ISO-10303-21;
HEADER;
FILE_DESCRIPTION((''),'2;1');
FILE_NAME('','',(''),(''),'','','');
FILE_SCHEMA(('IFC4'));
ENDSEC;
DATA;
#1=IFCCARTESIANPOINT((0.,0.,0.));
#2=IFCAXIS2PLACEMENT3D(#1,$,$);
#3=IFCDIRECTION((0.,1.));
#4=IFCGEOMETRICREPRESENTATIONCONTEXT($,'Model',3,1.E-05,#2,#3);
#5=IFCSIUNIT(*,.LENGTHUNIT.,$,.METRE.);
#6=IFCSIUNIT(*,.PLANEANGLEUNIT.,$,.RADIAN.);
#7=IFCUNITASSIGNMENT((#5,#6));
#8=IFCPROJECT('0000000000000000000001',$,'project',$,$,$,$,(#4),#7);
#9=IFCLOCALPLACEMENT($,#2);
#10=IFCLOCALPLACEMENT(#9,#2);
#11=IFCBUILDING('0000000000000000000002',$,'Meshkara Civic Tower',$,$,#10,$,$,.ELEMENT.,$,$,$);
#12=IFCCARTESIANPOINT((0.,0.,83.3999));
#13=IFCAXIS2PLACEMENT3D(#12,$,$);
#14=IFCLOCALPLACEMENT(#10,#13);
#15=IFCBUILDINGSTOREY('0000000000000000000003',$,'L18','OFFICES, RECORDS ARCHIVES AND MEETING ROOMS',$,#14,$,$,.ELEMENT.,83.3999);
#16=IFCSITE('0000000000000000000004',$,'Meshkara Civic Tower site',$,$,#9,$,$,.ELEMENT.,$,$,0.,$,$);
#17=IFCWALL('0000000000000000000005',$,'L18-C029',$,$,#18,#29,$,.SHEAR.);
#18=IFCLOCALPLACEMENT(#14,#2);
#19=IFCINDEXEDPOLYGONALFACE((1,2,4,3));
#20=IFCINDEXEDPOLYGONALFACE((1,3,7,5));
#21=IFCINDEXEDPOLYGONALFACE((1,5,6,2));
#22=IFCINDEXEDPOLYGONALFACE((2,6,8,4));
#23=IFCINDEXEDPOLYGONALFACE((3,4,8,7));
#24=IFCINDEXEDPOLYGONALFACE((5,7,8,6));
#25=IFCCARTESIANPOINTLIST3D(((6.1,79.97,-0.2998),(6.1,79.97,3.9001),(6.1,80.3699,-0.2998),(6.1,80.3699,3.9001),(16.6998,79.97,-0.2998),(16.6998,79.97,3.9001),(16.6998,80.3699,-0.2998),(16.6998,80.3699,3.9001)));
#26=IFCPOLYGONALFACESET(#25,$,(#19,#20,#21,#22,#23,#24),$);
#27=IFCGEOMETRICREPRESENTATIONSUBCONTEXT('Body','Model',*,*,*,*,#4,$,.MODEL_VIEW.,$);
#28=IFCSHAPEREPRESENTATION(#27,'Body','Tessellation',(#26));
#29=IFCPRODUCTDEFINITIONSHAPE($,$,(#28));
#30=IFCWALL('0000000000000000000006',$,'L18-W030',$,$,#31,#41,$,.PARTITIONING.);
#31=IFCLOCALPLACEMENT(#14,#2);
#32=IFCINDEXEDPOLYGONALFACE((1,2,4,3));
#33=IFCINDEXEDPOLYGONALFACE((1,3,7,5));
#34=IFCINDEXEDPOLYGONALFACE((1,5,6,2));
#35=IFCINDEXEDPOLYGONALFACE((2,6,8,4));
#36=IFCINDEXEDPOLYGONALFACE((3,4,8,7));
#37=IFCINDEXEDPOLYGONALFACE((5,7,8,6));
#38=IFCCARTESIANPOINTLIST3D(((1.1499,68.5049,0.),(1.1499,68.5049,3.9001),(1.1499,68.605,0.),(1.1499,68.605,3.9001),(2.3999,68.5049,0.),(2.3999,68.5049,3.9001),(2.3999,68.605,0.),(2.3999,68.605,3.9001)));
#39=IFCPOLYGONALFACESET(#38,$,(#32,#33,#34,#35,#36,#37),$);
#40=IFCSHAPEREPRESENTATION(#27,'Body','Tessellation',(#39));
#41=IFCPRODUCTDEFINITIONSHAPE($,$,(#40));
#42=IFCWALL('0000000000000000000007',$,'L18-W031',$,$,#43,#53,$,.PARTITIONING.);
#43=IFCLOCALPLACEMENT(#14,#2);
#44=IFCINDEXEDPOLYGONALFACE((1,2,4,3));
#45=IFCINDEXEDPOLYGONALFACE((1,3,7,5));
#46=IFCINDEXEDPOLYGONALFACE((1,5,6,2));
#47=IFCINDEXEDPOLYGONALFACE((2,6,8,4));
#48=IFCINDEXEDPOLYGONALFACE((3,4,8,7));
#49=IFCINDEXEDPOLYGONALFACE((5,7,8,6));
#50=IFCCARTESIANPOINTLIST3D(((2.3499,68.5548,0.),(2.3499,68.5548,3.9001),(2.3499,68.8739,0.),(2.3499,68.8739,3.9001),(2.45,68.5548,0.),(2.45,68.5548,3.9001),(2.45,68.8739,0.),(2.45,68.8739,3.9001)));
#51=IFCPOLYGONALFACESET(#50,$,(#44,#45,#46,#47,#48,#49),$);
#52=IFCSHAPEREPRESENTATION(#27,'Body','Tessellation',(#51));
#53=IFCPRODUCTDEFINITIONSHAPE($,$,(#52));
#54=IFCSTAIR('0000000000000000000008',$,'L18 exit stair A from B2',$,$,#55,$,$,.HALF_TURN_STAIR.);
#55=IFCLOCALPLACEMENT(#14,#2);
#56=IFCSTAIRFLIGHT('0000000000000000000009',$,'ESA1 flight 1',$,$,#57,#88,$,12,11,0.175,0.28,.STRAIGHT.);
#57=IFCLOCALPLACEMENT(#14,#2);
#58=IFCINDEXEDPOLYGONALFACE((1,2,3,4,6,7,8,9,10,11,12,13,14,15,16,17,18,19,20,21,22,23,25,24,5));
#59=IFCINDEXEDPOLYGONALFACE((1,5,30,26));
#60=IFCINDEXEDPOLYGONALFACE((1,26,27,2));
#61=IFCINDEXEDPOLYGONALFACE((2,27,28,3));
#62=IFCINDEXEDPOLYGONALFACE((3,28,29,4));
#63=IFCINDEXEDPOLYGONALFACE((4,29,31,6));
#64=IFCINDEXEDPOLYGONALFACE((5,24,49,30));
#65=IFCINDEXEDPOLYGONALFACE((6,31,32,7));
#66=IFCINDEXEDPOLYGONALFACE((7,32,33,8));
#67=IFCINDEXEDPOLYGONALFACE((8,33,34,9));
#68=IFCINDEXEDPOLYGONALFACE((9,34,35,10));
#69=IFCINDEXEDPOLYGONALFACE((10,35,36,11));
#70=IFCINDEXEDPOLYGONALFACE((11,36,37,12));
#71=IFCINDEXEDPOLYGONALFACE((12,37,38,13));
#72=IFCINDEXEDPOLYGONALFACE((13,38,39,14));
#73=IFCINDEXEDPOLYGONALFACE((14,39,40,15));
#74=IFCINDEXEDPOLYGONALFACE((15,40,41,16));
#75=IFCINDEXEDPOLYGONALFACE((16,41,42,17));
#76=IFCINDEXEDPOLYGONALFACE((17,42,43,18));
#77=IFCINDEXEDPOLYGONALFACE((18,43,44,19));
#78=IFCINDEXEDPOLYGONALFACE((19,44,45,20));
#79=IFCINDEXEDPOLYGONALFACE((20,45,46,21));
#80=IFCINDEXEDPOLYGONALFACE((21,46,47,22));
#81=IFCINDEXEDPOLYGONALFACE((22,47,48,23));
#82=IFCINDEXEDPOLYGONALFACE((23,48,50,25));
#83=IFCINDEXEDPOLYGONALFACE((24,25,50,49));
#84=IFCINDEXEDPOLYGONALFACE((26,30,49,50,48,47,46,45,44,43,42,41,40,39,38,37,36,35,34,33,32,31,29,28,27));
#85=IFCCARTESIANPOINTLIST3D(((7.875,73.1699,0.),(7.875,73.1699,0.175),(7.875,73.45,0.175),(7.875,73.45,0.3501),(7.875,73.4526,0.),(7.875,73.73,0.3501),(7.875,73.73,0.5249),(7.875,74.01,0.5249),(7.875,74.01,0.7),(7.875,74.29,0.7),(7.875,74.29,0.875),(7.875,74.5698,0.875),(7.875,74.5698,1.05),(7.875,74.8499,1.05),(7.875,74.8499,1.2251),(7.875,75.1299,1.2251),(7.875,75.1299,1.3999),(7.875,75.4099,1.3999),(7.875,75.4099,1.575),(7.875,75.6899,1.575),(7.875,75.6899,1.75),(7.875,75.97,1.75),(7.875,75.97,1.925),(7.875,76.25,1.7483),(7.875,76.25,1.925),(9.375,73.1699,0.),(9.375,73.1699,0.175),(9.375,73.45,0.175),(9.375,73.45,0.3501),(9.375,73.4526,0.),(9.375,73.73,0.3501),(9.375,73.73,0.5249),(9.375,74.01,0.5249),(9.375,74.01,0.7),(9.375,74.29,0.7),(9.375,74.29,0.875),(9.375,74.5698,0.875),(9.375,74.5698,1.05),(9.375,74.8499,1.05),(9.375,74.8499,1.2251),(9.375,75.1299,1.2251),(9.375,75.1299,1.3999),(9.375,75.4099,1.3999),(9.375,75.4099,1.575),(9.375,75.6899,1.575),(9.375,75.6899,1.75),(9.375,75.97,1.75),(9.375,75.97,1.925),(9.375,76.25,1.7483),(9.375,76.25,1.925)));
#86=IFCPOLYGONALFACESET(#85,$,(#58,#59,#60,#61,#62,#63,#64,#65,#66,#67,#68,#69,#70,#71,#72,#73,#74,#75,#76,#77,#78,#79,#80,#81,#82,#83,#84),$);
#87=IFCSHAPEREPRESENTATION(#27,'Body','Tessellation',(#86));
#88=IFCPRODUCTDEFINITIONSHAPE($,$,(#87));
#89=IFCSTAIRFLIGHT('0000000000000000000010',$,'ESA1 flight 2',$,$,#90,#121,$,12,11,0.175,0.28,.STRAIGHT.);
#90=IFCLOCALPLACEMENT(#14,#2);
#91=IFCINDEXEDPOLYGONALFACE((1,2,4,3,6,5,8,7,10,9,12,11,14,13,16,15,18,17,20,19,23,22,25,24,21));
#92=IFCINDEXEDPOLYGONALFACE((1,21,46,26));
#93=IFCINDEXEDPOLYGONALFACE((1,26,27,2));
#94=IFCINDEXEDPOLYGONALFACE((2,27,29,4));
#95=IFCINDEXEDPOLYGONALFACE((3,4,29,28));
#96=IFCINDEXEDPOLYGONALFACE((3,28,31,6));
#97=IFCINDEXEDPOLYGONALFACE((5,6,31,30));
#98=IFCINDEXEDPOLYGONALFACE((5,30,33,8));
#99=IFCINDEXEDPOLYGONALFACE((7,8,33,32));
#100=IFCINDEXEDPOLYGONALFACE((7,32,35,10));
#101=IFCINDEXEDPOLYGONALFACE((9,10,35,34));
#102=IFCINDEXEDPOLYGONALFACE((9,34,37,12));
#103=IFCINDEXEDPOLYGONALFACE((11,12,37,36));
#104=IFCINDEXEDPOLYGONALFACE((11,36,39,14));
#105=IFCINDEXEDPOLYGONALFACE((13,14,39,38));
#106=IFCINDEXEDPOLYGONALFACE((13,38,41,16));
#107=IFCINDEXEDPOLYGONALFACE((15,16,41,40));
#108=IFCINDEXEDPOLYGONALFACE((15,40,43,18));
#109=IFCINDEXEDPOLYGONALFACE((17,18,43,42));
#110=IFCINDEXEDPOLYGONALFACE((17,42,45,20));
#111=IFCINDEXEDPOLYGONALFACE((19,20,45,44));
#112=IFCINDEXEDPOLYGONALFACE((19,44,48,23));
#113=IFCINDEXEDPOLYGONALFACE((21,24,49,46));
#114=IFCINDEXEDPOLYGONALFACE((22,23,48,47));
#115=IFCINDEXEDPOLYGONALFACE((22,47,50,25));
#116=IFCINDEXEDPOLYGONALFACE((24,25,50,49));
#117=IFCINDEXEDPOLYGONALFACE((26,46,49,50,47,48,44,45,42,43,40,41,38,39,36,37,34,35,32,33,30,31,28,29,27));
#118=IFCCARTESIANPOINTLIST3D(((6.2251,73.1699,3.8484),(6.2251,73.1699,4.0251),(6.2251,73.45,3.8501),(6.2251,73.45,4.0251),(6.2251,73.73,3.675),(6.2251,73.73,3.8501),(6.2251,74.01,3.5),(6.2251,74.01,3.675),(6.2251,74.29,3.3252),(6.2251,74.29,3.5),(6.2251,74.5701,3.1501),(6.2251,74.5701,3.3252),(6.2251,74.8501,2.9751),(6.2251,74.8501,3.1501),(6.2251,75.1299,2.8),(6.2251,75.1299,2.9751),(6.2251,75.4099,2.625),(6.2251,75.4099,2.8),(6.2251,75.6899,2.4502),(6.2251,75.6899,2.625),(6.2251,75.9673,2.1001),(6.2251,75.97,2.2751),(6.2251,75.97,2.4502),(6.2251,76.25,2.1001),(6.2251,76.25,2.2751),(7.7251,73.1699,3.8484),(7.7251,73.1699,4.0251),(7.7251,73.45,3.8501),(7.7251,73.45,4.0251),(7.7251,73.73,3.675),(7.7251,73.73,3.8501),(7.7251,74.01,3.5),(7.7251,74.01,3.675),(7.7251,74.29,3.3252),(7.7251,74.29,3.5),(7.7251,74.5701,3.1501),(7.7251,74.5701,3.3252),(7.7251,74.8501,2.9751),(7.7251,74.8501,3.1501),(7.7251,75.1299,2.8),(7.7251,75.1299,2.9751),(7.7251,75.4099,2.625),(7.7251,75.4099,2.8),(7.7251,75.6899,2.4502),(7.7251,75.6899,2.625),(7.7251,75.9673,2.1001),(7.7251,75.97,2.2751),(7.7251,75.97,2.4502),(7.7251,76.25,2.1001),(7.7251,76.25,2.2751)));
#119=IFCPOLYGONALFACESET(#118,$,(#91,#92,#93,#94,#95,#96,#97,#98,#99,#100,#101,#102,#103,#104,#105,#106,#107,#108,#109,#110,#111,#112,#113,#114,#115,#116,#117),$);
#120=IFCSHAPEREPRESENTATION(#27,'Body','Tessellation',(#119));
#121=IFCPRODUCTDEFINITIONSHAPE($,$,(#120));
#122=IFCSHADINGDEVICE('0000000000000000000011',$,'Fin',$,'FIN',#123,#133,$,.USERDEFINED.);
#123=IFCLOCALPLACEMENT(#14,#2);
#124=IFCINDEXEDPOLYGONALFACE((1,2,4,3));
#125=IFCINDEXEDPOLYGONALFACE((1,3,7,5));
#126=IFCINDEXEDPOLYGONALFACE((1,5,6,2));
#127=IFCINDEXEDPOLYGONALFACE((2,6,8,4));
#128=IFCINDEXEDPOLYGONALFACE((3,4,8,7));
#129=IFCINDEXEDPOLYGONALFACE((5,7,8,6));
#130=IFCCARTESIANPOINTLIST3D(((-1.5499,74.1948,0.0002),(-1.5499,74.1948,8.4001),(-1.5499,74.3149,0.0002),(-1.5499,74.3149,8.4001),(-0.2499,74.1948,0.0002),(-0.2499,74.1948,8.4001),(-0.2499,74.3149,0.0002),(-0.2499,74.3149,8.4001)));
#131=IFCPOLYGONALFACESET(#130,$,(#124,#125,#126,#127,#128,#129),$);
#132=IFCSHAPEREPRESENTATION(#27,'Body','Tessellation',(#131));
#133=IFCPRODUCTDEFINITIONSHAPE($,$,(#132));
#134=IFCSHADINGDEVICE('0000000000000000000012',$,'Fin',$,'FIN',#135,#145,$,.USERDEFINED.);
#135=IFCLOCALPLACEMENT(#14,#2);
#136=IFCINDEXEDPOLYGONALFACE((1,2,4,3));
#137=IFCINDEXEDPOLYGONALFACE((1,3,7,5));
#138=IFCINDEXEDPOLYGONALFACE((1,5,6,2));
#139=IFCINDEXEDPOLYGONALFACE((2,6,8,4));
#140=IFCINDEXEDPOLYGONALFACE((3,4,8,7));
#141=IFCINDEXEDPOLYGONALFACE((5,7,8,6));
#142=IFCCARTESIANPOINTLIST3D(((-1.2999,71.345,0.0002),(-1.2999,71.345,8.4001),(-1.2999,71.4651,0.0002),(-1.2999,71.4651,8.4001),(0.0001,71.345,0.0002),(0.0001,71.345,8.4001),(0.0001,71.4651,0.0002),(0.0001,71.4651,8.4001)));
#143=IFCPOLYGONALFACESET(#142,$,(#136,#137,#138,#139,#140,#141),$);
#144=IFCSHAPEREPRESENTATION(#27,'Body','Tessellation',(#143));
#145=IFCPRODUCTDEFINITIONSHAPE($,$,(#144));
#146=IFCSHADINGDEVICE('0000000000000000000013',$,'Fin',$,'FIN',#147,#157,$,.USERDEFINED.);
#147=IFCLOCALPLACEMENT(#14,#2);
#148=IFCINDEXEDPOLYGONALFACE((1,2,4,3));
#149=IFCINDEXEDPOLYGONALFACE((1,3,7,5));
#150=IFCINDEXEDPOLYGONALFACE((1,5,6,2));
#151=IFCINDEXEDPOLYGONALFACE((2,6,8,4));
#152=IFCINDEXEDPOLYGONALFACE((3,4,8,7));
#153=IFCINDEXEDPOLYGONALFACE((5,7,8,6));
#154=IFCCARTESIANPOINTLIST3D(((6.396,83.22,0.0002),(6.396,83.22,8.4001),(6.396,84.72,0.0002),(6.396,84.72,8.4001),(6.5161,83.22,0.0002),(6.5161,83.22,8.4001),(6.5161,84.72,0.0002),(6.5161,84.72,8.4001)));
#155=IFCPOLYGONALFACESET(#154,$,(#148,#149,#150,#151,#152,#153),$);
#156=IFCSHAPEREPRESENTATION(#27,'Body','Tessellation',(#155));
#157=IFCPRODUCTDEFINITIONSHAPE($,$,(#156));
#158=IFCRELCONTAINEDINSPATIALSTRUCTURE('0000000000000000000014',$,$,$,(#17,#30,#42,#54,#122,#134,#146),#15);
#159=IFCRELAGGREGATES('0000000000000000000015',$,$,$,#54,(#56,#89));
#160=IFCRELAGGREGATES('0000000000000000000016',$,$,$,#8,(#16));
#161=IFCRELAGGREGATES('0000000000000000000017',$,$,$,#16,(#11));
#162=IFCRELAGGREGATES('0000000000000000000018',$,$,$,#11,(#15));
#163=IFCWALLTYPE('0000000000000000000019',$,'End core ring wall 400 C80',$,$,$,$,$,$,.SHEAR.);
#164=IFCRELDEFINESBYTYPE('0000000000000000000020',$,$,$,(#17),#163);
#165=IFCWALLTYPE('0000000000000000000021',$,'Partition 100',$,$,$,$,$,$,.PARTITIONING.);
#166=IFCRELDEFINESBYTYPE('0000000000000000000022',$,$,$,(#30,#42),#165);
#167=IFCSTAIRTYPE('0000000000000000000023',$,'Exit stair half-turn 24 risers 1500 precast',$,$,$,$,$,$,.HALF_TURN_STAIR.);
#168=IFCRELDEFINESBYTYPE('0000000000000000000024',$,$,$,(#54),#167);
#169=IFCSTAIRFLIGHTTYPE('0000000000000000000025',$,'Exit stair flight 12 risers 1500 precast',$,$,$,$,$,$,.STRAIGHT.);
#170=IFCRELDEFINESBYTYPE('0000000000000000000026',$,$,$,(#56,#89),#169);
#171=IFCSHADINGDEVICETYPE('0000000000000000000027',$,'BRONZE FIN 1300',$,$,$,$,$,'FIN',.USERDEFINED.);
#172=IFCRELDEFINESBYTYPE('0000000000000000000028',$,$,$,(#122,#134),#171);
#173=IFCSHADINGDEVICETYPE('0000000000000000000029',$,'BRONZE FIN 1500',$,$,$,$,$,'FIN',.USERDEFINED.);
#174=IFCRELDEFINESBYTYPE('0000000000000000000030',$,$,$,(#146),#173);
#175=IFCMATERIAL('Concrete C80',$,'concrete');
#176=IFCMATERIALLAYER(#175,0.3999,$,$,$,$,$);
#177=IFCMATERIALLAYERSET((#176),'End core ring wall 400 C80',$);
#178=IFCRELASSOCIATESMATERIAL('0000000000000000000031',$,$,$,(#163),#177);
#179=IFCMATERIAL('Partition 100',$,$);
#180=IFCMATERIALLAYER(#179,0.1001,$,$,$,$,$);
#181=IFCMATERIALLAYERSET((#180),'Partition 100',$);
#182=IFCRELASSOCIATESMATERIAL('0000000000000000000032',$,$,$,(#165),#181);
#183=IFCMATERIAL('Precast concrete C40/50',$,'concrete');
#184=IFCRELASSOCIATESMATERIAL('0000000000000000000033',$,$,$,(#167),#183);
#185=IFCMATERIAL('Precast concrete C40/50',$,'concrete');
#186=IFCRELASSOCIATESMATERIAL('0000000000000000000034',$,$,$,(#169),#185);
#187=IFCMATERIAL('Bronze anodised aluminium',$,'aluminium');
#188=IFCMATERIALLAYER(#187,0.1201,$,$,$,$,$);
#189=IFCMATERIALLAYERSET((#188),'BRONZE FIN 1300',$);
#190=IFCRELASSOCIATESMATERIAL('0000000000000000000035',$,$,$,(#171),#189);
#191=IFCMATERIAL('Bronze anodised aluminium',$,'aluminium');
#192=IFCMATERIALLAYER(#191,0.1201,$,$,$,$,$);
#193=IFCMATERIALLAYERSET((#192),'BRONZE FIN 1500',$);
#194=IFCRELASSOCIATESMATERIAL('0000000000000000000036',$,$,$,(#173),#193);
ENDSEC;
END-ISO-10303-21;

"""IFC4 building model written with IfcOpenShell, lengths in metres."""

from ifc_helpers import new_model, si_unit, direction, frame, frame_2d, origin, origin_2d, place, context, subcontext, project, spatial, polyline, rectangle, outline, extrude, material, layer, layer_set, type_object, element, aggregate, save


model = new_model("IFC4")

# Units and contexts
model_context = context("Model", 3, precision=1e-05, world=origin(), true_north=direction((0.0, 1.0)))
body_context = subcontext(model_context, "Body", "Model", "MODEL_VIEW")
ifc_project = project(units=[si_unit("LENGTHUNIT", "METRE"), si_unit("PLANEANGLEUNIT", "RADIAN")], contexts=[model_context])

# Site, building, storey
site_placement = place(None, origin())
site = spatial("IfcSite", under=ifc_project, at=site_placement, Name="Meshkara Civic Tower site", CompositionType="ELEMENT", RefElevation=0.0)
building_placement = place(site_placement, origin())
building = spatial("IfcBuilding", under=site, at=building_placement, Name="Meshkara Civic Tower", CompositionType="ELEMENT")
storey_placement = place(building_placement, frame((0.0, 0.0, 83.3999)))
storey = spatial("IfcBuildingStorey", under=building, at=storey_placement, Name="L18", Description="OFFICES, RECORDS ARCHIVES AND MEETING ROOMS", CompositionType="ELEMENT", Elevation=83.3999)

# Shared definitions
ifc_material_1 = material(Name="Concrete C80", Category="concrete")
ifc_layer_1 = layer(ifc_material_1, 0.3999)
ifc_layer_set_1 = layer_set([ifc_layer_1], Name="End core ring wall 400 C80")
wall_type_1 = type_object("IfcWallType", Name="End core ring wall 400 C80", PredefinedType="SHEAR", material=ifc_layer_set_1)

# Walls
wall_1_placement = place(storey_placement, frame((6.1001, 80.1699, -0.2998), z_axis=(0.0, 0.0, 1.0), x_axis=(1.0, 0.0, 0.0)))
element("IfcWall", 1, at=wall_1_placement, inside=storey, type_object=wall_type_1, Name="L18-C029", PredefinedType="SHEAR", context=body_context, shape_type="SweptSolid", body=[
    extrude(rectangle(XDim=10.5999, YDim=0.3999, at=frame_2d((5.2998, 0.0))), origin(), (0.0, 0.0, 1.0), 4.2),
])
ifc_material_2 = material(Name="Partition 100")
ifc_layer_2 = layer(ifc_material_2, 0.1001)
ifc_layer_set_2 = layer_set([ifc_layer_2], Name="Partition 100")
wall_type_2 = type_object("IfcWallType", Name="Partition 100", PredefinedType="PARTITIONING", material=ifc_layer_set_2)
wall_2_placement = place(storey_placement, frame((2.3999, 68.5549, 0.0), z_axis=(0.0, 0.0, 1.0), x_axis=(-1.0, 0.0, 0.0)))
element("IfcWall", 2, at=wall_2_placement, inside=storey, type_object=wall_type_2, Name="L18-W030", PredefinedType="PARTITIONING", context=body_context, shape_type="SweptSolid", body=[
    extrude(rectangle(XDim=1.25, YDim=0.1001, at=frame_2d((0.625, 0.0))), origin(), (0.0, 0.0, 1.0), 3.9001),
])
wall_3_placement = place(storey_placement, frame((2.3999, 68.874, 0.0), z_axis=(0.0, 0.0, 1.0), x_axis=(0.0, -1.0, 0.0)))
element("IfcWall", 3, at=wall_3_placement, inside=storey, type_object=wall_type_2, Name="L18-W031", PredefinedType="PARTITIONING", context=body_context, shape_type="SweptSolid", body=[
    extrude(rectangle(XDim=0.3191, YDim=0.1001, at=frame_2d((0.1597, 0.0))), origin(), (0.0, 0.0, 1.0), 3.9001),
])

# Stair, stair flights
ifc_material_3 = material(Name="Precast concrete C40/50", Category="concrete")
stair_type = type_object("IfcStairType", Name="Exit stair half-turn 24 risers 1500 precast", PredefinedType="HALF_TURN_STAIR", material=ifc_material_3)
stair_placement = place(storey_placement, origin())
stair = element("IfcStair", 4, at=stair_placement, inside=storey, type_object=stair_type, Name="L18 exit stair A from B2", PredefinedType="HALF_TURN_STAIR")
ifc_material_4 = material(Name="Precast concrete C40/50", Category="concrete")
stair_flight_type = type_object("IfcStairFlightType", Name="Exit stair flight 12 risers 1500 precast", PredefinedType="STRAIGHT", material=ifc_material_4)
stair_flight_1_placement = place(storey_placement, frame((8.625, 73.1699, 0.0), z_axis=(0.0, 0.0, 1.0), x_axis=(0.0, 1.0, 0.0)))
stair_flight_1 = element("IfcStairFlight", 5, at=stair_flight_1_placement, type_object=stair_flight_type, Name="ESA1 flight 1", NumberOfRisers=12, NumberOfTreads=11, PredefinedType="STRAIGHT", RiserHeight=0.175, TreadLength=0.28, context=body_context, shape_type="SweptSolid", body=[
    extrude(outline(polyline([(0.0, 0.0), (0.0, 0.175), (0.28, 0.175), (0.28, 0.3501), (0.5601, 0.3501), (0.5601, 0.5249), (0.8401, 0.5249), (0.8401, 0.7), (1.1201, 0.7), (1.1201, 0.875), (1.3999, 0.875), (1.3999, 1.05), (1.6799, 1.05), (1.6799, 1.2251), (1.96, 1.2251), (1.96, 1.3999), (2.24, 1.3999), (2.24, 1.575), (2.52, 1.575), (2.52, 1.75), (2.8, 1.75), (2.8, 1.925), (3.0801, 1.925), (3.0801, 2.1001), (3.0801, 1.7483), (0.2827, 0.0), (0.0, 0.0)])), frame((0.0, 0.75, 0.0), z_axis=(0.0, -1.0, 0.0), x_axis=(1.0, 0.0, 0.0)), (0.0, 0.0, 1.0), 1.5),
])
stair_flight_2_placement = place(storey_placement, frame((6.9751, 76.25, 2.1001), z_axis=(0.0, 0.0, 1.0), x_axis=(0.0, -1.0, 0.0)))
stair_flight_2 = element("IfcStairFlight", 6, at=stair_flight_2_placement, type_object=stair_flight_type, Name="ESA1 flight 2", NumberOfRisers=12, NumberOfTreads=11, PredefinedType="STRAIGHT", RiserHeight=0.175, TreadLength=0.28, context=body_context, shape_type="SweptSolid", body=[
    extrude(outline(polyline([(0.0, 0.0), (0.0, 0.175), (0.28, 0.175), (0.28, 0.3501), (0.5601, 0.3501), (0.5601, 0.5249), (0.8401, 0.5249), (0.8401, 0.7), (1.1201, 0.7), (1.1201, 0.875), (1.3999, 0.875), (1.3999, 1.05), (1.6799, 1.05), (1.6799, 1.2251), (1.96, 1.2251), (1.96, 1.3999), (2.24, 1.3999), (2.24, 1.575), (2.52, 1.575), (2.52, 1.75), (2.8, 1.75), (2.8, 1.925), (3.0801, 1.925), (3.0801, 2.1001), (3.0801, 1.7483), (0.2827, 0.0), (0.0, 0.0)])), frame((0.0, 0.75, 0.0), z_axis=(0.0, -1.0, 0.0), x_axis=(1.0, 0.0, 0.0)), (0.0, 0.0, 1.0), 1.5),
])
aggregate(stair, [stair_flight_1, stair_flight_2])

# Shading devices
ifc_material_5 = material(Name="Bronze anodised aluminium", Category="aluminium")
ifc_layer_3 = layer(ifc_material_5, 0.1201)
ifc_layer_set_3 = layer_set([ifc_layer_3], Name="BRONZE FIN 1300")
shading_device_type_1 = type_object("IfcShadingDeviceType", Name="BRONZE FIN 1300", ElementType="FIN", PredefinedType="USERDEFINED", material=ifc_layer_set_3)
for number, where, z_axis, x_axis, name in (
    (7, (-0.8999, 74.2549, 0.0002), (0.0, 0.0, 1.0), (0.0, -1.0, 0.0), "Fin"),
    (8, (-0.6499, 71.405, 0.0002), (0.0, 0.0, 1.0), (0.0, -1.0, 0.0), "Fin"),
):
    element("IfcShadingDevice", number, at=place(storey_placement, frame(where, z_axis=z_axis, x_axis=x_axis)), inside=storey, type_object=shading_device_type_1, Name=name, ObjectType="FIN", PredefinedType="USERDEFINED", context=body_context, shape_type="SweptSolid", body=[
        extrude(rectangle(XDim=0.1201, YDim=1.3, at=origin_2d()), origin(), (0.0, 0.0, 1.0), 8.3999),
    ])
ifc_material_6 = material(Name="Bronze anodised aluminium", Category="aluminium")
ifc_layer_4 = layer(ifc_material_6, 0.1201)
ifc_layer_set_4 = layer_set([ifc_layer_4], Name="BRONZE FIN 1500")
shading_device_type_2 = type_object("IfcShadingDeviceType", Name="BRONZE FIN 1500", ElementType="FIN", PredefinedType="USERDEFINED", material=ifc_layer_set_4)
shading_device_placement = place(storey_placement, frame((6.4561, 83.97, 0.0002), z_axis=(0.0, 0.0, 1.0), x_axis=(-1.0, 0.0, 0.0)))
element("IfcShadingDevice", 9, at=shading_device_placement, inside=storey, type_object=shading_device_type_2, Name="Fin", ObjectType="FIN", PredefinedType="USERDEFINED", context=body_context, shape_type="SweptSolid", body=[
    extrude(rectangle(XDim=0.1201, YDim=1.5, at=origin_2d()), origin(), (0.0, 0.0, 1.0), 8.3999),
])

save(model, "model.ifc")
